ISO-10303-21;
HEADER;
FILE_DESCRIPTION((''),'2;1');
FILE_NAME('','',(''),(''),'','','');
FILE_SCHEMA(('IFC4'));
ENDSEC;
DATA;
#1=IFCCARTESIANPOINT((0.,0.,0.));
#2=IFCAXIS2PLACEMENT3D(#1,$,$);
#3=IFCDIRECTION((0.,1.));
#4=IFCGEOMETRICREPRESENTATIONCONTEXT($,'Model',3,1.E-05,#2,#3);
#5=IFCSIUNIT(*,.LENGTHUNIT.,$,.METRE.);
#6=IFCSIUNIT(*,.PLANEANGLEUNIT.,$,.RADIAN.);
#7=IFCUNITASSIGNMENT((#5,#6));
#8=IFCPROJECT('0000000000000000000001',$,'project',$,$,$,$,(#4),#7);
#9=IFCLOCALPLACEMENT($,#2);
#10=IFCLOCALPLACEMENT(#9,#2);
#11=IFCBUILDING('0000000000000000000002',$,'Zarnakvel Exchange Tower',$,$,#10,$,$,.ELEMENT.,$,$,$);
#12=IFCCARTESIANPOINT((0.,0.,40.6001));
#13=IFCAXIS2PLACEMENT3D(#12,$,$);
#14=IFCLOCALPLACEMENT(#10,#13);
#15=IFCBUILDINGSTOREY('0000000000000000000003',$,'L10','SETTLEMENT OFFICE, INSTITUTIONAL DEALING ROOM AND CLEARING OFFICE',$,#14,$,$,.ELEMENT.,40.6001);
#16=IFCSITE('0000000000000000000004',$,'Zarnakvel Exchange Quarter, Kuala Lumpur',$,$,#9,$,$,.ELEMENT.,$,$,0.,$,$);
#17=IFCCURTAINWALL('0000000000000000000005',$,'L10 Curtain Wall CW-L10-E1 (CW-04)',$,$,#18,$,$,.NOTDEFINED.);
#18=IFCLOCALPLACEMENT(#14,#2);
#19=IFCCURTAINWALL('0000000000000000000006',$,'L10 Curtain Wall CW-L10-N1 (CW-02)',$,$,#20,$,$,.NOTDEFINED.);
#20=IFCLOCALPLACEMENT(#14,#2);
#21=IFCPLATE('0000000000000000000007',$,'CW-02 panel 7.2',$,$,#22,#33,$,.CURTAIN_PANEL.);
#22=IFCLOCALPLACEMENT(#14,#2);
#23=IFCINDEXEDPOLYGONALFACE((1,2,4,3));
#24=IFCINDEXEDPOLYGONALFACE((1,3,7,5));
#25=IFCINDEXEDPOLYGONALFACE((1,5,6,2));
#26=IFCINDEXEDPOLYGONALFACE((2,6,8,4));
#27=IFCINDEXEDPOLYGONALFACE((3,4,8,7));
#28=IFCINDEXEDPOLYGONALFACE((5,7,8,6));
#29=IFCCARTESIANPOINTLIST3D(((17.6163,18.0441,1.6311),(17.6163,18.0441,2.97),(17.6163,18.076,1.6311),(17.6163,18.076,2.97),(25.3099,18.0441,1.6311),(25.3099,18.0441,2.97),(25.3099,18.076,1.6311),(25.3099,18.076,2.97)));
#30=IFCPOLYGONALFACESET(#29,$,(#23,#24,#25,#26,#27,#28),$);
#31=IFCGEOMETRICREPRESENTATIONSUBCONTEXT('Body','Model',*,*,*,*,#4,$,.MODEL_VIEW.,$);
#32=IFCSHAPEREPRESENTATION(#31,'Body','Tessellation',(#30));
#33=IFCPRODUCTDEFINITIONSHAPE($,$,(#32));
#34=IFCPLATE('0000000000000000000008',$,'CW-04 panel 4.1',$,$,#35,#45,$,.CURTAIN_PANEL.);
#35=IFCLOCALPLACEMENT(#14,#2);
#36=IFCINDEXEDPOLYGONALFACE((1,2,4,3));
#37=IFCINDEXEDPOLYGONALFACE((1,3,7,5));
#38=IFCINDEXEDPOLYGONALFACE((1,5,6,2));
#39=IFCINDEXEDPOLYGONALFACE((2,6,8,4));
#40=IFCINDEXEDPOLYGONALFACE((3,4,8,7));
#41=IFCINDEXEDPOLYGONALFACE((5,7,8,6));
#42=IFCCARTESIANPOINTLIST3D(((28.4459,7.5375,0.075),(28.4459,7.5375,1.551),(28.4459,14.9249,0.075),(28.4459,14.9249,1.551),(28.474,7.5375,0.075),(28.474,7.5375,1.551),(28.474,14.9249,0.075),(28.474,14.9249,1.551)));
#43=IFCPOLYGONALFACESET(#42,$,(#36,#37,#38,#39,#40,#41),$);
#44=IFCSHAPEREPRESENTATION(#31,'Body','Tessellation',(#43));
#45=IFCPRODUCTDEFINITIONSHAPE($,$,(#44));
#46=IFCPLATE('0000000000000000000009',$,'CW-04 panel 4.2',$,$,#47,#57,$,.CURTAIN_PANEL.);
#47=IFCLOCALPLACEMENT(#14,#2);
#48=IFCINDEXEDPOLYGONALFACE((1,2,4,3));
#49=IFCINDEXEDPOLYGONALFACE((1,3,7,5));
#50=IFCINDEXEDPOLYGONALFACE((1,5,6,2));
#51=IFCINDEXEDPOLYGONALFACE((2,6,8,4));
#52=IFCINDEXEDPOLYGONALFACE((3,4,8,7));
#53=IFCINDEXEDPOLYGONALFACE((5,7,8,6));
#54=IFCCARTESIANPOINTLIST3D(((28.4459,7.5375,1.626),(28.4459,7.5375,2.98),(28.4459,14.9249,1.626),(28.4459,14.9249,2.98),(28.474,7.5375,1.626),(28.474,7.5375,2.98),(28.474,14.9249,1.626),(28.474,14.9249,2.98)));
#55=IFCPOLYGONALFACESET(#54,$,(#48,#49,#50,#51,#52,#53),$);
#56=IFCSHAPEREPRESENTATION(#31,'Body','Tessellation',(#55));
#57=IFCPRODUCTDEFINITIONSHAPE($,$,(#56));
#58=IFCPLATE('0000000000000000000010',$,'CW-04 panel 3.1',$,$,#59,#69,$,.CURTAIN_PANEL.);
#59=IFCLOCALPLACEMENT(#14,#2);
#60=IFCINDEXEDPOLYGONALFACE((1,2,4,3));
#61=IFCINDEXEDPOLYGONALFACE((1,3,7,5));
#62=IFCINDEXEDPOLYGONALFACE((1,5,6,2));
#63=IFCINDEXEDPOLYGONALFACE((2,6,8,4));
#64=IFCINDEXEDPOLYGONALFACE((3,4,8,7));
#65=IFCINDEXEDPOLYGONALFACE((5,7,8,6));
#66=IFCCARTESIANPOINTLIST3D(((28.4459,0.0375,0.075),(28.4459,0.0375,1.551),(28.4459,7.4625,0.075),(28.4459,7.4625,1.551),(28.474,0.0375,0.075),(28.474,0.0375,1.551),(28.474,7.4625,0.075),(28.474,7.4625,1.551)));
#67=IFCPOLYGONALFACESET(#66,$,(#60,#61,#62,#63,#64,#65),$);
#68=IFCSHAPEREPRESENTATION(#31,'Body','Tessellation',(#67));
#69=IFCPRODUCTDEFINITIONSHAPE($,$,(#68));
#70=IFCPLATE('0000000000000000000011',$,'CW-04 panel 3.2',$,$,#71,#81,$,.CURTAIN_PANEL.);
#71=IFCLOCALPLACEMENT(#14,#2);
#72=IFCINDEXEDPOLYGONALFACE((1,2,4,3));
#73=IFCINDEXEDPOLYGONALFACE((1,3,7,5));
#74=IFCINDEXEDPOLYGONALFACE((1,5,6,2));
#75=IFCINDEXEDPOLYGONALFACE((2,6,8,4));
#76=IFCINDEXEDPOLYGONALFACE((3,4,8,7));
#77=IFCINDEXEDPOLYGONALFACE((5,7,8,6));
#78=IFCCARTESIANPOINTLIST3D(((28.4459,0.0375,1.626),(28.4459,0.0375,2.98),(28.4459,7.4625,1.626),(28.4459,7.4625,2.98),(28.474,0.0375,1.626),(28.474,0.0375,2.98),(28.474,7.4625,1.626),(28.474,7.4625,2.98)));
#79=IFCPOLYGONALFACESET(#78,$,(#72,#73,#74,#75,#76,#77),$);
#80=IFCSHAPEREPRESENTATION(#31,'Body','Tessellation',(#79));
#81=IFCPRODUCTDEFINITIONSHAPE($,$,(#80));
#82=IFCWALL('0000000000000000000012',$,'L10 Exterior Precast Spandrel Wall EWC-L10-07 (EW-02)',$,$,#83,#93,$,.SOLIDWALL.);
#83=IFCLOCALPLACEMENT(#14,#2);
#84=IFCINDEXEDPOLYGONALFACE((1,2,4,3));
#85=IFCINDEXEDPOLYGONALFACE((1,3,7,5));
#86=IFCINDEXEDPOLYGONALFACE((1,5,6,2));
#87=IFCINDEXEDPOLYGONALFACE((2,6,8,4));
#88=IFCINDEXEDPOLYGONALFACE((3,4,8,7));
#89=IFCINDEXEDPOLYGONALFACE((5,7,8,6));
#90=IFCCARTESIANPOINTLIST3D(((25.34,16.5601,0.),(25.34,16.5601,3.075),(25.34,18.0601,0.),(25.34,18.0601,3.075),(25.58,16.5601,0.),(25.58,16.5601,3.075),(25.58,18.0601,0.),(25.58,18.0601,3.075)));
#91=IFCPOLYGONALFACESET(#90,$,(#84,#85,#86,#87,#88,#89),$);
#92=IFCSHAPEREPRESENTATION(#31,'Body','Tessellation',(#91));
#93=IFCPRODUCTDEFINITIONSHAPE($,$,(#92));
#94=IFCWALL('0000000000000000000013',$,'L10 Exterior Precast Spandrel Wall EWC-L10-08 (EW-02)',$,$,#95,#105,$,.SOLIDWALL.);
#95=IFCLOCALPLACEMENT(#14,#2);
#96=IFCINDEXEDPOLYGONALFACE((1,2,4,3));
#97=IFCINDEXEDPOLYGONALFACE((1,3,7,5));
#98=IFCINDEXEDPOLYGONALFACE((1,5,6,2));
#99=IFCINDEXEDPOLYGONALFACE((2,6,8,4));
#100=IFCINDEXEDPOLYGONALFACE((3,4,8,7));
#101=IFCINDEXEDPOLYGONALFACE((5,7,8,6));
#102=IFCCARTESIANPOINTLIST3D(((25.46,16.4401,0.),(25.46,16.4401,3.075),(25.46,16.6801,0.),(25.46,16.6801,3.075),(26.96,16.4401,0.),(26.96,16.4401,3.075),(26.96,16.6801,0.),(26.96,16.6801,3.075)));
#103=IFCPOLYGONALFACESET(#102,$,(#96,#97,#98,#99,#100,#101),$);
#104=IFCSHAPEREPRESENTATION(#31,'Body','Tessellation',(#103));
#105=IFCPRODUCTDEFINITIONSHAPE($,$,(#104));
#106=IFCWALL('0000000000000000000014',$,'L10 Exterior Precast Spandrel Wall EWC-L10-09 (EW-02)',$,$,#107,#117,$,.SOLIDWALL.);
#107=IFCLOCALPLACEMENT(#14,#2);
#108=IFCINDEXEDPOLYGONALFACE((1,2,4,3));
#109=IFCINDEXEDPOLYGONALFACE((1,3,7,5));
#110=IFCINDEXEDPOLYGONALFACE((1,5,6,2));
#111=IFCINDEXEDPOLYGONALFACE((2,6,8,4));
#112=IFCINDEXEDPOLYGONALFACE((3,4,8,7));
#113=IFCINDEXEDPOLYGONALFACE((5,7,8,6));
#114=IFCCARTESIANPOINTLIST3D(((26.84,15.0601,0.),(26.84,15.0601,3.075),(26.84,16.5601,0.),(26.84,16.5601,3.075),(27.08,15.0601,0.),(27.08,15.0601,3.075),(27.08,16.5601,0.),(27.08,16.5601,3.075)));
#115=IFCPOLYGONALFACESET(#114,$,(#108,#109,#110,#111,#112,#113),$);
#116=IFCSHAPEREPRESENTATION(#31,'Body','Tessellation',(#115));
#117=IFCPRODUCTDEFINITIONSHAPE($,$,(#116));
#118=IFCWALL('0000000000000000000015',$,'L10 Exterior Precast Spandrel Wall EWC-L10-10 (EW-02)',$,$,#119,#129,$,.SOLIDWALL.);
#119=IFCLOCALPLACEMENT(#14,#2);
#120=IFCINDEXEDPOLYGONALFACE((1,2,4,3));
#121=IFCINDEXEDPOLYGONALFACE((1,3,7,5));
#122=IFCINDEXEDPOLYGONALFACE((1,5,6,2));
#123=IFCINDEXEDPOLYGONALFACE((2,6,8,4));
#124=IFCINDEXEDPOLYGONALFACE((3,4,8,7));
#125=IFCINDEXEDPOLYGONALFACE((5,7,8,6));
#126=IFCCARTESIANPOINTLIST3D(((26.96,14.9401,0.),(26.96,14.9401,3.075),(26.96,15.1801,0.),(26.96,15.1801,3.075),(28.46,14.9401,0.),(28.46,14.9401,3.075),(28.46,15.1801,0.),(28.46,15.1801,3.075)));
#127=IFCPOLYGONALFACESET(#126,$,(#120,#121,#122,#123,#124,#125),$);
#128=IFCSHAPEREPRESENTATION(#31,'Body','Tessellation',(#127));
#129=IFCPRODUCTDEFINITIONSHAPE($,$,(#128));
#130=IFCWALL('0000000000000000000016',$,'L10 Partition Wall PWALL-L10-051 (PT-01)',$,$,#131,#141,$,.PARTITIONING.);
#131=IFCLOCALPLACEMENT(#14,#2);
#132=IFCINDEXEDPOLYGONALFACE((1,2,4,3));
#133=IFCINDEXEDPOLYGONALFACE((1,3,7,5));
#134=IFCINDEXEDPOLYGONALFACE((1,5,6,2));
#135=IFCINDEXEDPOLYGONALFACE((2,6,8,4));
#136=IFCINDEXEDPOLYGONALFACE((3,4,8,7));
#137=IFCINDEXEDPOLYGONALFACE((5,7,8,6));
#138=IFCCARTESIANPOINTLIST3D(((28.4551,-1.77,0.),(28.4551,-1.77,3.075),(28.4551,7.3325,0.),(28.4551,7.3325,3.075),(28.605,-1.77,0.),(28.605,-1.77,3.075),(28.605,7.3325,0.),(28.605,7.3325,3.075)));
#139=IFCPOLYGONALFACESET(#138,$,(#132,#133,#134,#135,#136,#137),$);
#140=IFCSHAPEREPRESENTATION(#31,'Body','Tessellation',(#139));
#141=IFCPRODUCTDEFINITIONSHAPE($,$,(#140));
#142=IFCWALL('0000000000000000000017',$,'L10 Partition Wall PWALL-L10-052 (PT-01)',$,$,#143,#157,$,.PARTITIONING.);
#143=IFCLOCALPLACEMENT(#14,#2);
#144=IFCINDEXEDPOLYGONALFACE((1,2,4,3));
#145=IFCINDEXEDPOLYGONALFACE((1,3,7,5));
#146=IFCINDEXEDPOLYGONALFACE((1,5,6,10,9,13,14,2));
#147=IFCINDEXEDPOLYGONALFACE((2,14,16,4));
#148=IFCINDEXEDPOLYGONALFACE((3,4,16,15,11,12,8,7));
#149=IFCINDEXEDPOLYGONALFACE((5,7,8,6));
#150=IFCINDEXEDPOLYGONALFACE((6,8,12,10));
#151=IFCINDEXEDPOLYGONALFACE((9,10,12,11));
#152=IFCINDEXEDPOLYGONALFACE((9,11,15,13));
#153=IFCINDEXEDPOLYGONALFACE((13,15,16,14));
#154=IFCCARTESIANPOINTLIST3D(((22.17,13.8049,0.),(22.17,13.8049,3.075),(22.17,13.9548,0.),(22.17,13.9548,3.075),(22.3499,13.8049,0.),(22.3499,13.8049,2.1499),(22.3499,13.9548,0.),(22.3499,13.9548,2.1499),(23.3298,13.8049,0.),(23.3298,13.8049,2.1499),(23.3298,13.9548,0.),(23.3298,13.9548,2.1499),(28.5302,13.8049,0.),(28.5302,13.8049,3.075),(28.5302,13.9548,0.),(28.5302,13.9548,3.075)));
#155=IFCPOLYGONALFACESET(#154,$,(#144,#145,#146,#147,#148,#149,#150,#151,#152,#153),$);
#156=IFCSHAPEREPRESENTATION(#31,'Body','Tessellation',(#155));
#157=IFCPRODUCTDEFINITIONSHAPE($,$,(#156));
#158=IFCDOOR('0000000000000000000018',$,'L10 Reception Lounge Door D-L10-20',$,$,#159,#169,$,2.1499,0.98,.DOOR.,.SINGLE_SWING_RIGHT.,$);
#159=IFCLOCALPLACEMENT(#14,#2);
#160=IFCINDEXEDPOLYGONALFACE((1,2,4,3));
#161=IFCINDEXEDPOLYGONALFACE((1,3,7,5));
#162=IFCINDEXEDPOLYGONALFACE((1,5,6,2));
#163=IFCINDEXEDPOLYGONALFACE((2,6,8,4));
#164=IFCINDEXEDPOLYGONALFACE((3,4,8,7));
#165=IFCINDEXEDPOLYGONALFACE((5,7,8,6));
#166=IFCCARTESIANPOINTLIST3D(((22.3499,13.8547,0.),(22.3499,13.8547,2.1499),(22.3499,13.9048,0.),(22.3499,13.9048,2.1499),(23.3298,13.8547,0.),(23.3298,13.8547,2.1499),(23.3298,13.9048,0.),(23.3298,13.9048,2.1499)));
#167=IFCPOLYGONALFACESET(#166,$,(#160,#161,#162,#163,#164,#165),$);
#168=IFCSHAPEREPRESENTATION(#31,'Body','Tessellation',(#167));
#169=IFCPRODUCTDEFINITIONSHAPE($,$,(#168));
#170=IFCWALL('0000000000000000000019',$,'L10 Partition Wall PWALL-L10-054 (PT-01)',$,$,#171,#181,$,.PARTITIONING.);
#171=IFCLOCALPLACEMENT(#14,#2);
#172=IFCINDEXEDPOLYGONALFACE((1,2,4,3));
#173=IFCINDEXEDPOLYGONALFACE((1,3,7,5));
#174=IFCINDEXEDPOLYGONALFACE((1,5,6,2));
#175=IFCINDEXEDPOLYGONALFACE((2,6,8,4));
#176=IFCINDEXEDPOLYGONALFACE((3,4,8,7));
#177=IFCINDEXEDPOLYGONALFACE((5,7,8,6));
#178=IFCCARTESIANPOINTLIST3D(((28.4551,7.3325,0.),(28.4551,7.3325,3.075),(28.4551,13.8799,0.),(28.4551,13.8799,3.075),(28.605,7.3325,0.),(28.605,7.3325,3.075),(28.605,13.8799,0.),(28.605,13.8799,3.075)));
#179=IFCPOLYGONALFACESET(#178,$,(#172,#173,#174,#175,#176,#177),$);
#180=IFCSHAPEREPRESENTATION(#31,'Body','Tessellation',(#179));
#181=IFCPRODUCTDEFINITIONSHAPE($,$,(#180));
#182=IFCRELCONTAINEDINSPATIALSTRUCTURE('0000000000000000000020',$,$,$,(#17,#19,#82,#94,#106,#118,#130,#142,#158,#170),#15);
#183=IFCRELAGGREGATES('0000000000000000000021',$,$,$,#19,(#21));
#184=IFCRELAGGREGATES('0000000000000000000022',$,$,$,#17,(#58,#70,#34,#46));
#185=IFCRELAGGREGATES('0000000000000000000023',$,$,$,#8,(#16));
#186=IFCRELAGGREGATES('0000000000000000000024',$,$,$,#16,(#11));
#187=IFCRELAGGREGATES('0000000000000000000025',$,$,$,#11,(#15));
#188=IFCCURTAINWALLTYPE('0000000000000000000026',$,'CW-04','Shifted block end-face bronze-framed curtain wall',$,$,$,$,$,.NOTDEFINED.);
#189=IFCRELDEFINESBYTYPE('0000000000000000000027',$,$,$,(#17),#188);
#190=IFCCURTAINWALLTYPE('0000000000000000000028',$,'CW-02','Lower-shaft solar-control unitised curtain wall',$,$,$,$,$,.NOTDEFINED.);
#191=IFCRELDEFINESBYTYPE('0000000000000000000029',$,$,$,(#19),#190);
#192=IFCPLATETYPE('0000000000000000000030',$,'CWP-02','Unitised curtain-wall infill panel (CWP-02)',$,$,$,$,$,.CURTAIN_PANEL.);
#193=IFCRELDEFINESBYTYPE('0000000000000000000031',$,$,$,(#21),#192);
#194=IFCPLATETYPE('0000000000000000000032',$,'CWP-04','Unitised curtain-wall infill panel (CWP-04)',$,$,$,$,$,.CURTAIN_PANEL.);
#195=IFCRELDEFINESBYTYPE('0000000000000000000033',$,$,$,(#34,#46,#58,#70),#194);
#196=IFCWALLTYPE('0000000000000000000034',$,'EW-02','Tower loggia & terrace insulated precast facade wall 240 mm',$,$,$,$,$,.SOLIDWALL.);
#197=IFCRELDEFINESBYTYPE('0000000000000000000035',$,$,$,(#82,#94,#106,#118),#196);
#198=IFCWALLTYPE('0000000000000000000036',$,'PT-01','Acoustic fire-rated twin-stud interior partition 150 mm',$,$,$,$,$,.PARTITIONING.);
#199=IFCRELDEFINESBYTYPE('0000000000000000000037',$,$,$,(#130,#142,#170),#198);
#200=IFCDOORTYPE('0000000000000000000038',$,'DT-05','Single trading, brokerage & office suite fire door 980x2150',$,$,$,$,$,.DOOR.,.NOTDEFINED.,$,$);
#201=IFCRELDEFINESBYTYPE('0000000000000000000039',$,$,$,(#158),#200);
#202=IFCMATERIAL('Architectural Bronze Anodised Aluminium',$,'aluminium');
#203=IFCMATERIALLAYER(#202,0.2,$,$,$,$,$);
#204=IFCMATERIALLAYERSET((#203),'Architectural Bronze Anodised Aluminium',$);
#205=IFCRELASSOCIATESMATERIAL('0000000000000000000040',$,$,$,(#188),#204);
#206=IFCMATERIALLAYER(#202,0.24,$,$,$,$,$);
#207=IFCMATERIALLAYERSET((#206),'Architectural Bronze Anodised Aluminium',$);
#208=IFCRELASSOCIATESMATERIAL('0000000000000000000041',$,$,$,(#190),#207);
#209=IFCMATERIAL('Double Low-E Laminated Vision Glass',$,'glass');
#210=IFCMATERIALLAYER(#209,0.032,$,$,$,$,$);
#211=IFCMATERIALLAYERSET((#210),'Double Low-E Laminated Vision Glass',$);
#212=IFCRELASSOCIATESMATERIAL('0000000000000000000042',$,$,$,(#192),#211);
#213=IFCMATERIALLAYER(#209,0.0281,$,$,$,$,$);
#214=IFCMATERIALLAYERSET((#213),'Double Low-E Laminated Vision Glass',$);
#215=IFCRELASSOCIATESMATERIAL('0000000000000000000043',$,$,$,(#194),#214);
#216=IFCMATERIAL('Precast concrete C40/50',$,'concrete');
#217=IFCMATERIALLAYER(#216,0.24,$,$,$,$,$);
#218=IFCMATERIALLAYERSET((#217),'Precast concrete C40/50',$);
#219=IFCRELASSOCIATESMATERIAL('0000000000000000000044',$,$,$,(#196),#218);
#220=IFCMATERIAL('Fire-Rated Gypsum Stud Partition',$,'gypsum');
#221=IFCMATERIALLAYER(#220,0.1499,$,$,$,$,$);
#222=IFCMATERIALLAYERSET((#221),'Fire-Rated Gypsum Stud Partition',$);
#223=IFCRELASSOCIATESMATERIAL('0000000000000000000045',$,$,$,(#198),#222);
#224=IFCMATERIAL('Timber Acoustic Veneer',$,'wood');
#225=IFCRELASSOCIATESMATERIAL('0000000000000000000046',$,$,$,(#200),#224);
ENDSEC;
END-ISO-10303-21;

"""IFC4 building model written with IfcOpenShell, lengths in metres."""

from ifc_helpers import new_model, si_unit, direction, frame, frame_2d, origin, origin_2d, place, context, subcontext, project, spatial, rectangle, extrude, source, transform, mapped, material, layer, layer_set, type_object, element, fill, aggregate, save


model = new_model("IFC4")

# Units and contexts
model_context = context("Model", 3, precision=1e-05, world=origin(), true_north=direction((0.0, 1.0)))
body_context = subcontext(model_context, "Body", "Model", "MODEL_VIEW")
ifc_project = project(units=[si_unit("LENGTHUNIT", "METRE"), si_unit("PLANEANGLEUNIT", "RADIAN")], contexts=[model_context])

# Site, building, storey
site_placement = place(None, origin())
site = spatial("IfcSite", under=ifc_project, at=site_placement, Name="Zarnakvel Exchange Quarter, Kuala Lumpur", CompositionType="ELEMENT", RefElevation=0.0)
building_placement = place(site_placement, origin())
building = spatial("IfcBuilding", under=site, at=building_placement, Name="Zarnakvel Exchange Tower", CompositionType="ELEMENT")
storey_placement = place(building_placement, frame((0.0, 0.0, 40.6001)))
storey = spatial("IfcBuildingStorey", under=building, at=storey_placement, Name="L10", Description="SETTLEMENT OFFICE, INSTITUTIONAL DEALING ROOM AND CLEARING OFFICE", CompositionType="ELEMENT", Elevation=40.6001)

# Curtain wall
ifc_material_1 = material(Name="Architectural Bronze Anodised Aluminium", Category="aluminium")
ifc_layer_1 = layer(ifc_material_1, 0.2)
ifc_layer_set_1 = layer_set([ifc_layer_1], Name="Architectural Bronze Anodised Aluminium")
curtain_wall_type_1 = type_object("IfcCurtainWallType", Name="CW-04", Description="Shifted block end-face bronze-framed curtain wall", PredefinedType="NOTDEFINED", material=ifc_layer_set_1)
curtain_wall_1_placement = place(storey_placement, origin())
curtain_wall_1 = element("IfcCurtainWall", 1, at=curtain_wall_1_placement, inside=storey, type_object=curtain_wall_type_1, Name="L10 Curtain Wall CW-L10-E1 (CW-04)", PredefinedType="NOTDEFINED")

# Curtain wall
ifc_layer_2 = layer(ifc_material_1, 0.24)
ifc_layer_set_2 = layer_set([ifc_layer_2], Name="Architectural Bronze Anodised Aluminium")
curtain_wall_type_2 = type_object("IfcCurtainWallType", Name="CW-02", Description="Lower-shaft solar-control unitised curtain wall", PredefinedType="NOTDEFINED", material=ifc_layer_set_2)
curtain_wall_2_placement = place(storey_placement, origin())
curtain_wall_2 = element("IfcCurtainWall", 2, at=curtain_wall_2_placement, inside=storey, type_object=curtain_wall_type_2, Name="L10 Curtain Wall CW-L10-N1 (CW-02)", PredefinedType="NOTDEFINED")

# Plates
ifc_material_2 = material(Name="Double Low-E Laminated Vision Glass", Category="glass")
ifc_layer_3 = layer(ifc_material_2, 0.032)
ifc_layer_set_3 = layer_set([ifc_layer_3], Name="Double Low-E Laminated Vision Glass")
plate_type_1 = type_object("IfcPlateType", Name="CWP-02", Description="Unitised curtain-wall infill panel (CWP-02)", PredefinedType="CURTAIN_PANEL", material=ifc_layer_set_3)
shared_shape_1 = source(origin(), body_context, "Body", "SweptSolid", [
    extrude(rectangle(XDim=7.6936, YDim=0.032, at=origin_2d()), origin(), (0.0, 0.0, 1.0), 1.3389),
])
plate_1_placement = place(storey_placement, frame((21.4631, 18.0601, 1.6311), z_axis=(0.0, 0.0, 1.0), x_axis=(1.0, 0.0, 0.0)))
plate_1 = element("IfcPlate", 3, at=plate_1_placement, type_object=plate_type_1, Name="CW-02 panel 7.2", PredefinedType="CURTAIN_PANEL", context=body_context, shape_type="MappedRepresentation", body=[
    mapped(shared_shape_1, transform((0.0, 0.0, 0.0), x_axis=(1.0, 0.0, 0.0), y_axis=(0.0, 1.0, 0.0), z_axis=(0.0, 0.0, 1.0), scale=1.0)),
])
aggregate(curtain_wall_2, [plate_1])
ifc_layer_4 = layer(ifc_material_2, 0.0281)
ifc_layer_set_4 = layer_set([ifc_layer_4], Name="Double Low-E Laminated Vision Glass")
plate_type_2 = type_object("IfcPlateType", Name="CWP-04", Description="Unitised curtain-wall infill panel (CWP-04)", PredefinedType="CURTAIN_PANEL", material=ifc_layer_set_4)
shared_shape_2 = source(origin(), body_context, "Body", "SweptSolid", [
    extrude(rectangle(XDim=7.3875, YDim=0.0281, at=origin_2d()), origin(), (0.0, 0.0, 1.0), 1.4761),
])
plate_2_placement = place(storey_placement, frame((28.46, 11.2312, 0.075), z_axis=(0.0, 0.0, 1.0), x_axis=(0.0, 1.0, 0.0)))
plate_2 = element("IfcPlate", 4, at=plate_2_placement, type_object=plate_type_2, Name="CW-04 panel 4.1", PredefinedType="CURTAIN_PANEL", context=body_context, shape_type="MappedRepresentation", body=[
    mapped(shared_shape_2, transform((0.0, 0.0, 0.0), x_axis=(1.0, 0.0, 0.0), y_axis=(0.0, 1.0, 0.0), z_axis=(0.0, 0.0, 1.0), scale=1.0)),
])
shared_shape_3 = source(origin(), body_context, "Body", "SweptSolid", [
    extrude(rectangle(XDim=7.3875, YDim=0.0281, at=origin_2d()), origin(), (0.0, 0.0, 1.0), 1.354),
])
plate_3_placement = place(storey_placement, frame((28.46, 11.2312, 1.626), z_axis=(0.0, 0.0, 1.0), x_axis=(0.0, 1.0, 0.0)))
plate_3 = element("IfcPlate", 5, at=plate_3_placement, type_object=plate_type_2, Name="CW-04 panel 4.2", PredefinedType="CURTAIN_PANEL", context=body_context, shape_type="MappedRepresentation", body=[
    mapped(shared_shape_3, transform((0.0, 0.0, 0.0), x_axis=(1.0, 0.0, 0.0), y_axis=(0.0, 1.0, 0.0), z_axis=(0.0, 0.0, 1.0), scale=1.0)),
])
shared_shape_4 = source(origin(), body_context, "Body", "SweptSolid", [
    extrude(rectangle(XDim=7.425, YDim=0.0281, at=origin_2d()), origin(), (0.0, 0.0, 1.0), 1.4761),
])
plate_4_placement = place(storey_placement, frame((28.46, 3.75, 0.075), z_axis=(0.0, 0.0, 1.0), x_axis=(0.0, 1.0, 0.0)))
plate_4 = element("IfcPlate", 6, at=plate_4_placement, type_object=plate_type_2, Name="CW-04 panel 3.1", PredefinedType="CURTAIN_PANEL", context=body_context, shape_type="MappedRepresentation", body=[
    mapped(shared_shape_4, transform((0.0, 0.0, 0.0), x_axis=(1.0, 0.0, 0.0), y_axis=(0.0, 1.0, 0.0), z_axis=(0.0, 0.0, 1.0), scale=1.0)),
])
shared_shape_5 = source(origin(), body_context, "Body", "SweptSolid", [
    extrude(rectangle(XDim=7.425, YDim=0.0281, at=origin_2d()), origin(), (0.0, 0.0, 1.0), 1.354),
])
plate_5_placement = place(storey_placement, frame((28.46, 3.75, 1.626), z_axis=(0.0, 0.0, 1.0), x_axis=(0.0, 1.0, 0.0)))
plate_5 = element("IfcPlate", 7, at=plate_5_placement, type_object=plate_type_2, Name="CW-04 panel 3.2", PredefinedType="CURTAIN_PANEL", context=body_context, shape_type="MappedRepresentation", body=[
    mapped(shared_shape_5, transform((0.0, 0.0, 0.0), x_axis=(1.0, 0.0, 0.0), y_axis=(0.0, 1.0, 0.0), z_axis=(0.0, 0.0, 1.0), scale=1.0)),
])
aggregate(curtain_wall_1, [plate_4, plate_5, plate_2, plate_3])

# Walls
ifc_material_3 = material(Name="Precast concrete C40/50", Category="concrete")
ifc_layer_5 = layer(ifc_material_3, 0.24)
ifc_layer_set_5 = layer_set([ifc_layer_5], Name="Precast concrete C40/50")
wall_type_1 = type_object("IfcWallType", Name="EW-02", Description="Tower loggia & terrace insulated precast facade wall 240 mm", PredefinedType="SOLIDWALL", material=ifc_layer_set_5)
for number, where, z_axis, x_axis, name in (
    (8, (25.46, 16.5601, 0.0), (0.0, 0.0, 1.0), (0.0, 1.0, 0.0), "L10 Exterior Precast Spandrel Wall EWC-L10-07 (EW-02)"),
    (9, (26.96, 16.5601, 0.0), (0.0, 0.0, 1.0), (-1.0, 0.0, 0.0), "L10 Exterior Precast Spandrel Wall EWC-L10-08 (EW-02)"),
    (10, (26.96, 15.0601, 0.0), (0.0, 0.0, 1.0), (0.0, 1.0, 0.0), "L10 Exterior Precast Spandrel Wall EWC-L10-09 (EW-02)"),
    (11, (28.46, 15.0601, 0.0), (0.0, 0.0, 1.0), (-1.0, 0.0, 0.0), "L10 Exterior Precast Spandrel Wall EWC-L10-10 (EW-02)"),
):
    element("IfcWall", number, at=place(storey_placement, frame(where, z_axis=z_axis, x_axis=x_axis)), inside=storey, type_object=wall_type_1, Name=name, PredefinedType="SOLIDWALL", context=body_context, shape_type="SweptSolid", body=[
        extrude(rectangle(XDim=1.5, YDim=0.24, at=frame_2d((0.75, 0.0))), origin(), (0.0, 0.0, 1.0), 3.075),
    ])
ifc_material_4 = material(Name="Fire-Rated Gypsum Stud Partition", Category="gypsum")
ifc_layer_6 = layer(ifc_material_4, 0.1499)
ifc_layer_set_6 = layer_set([ifc_layer_6], Name="Fire-Rated Gypsum Stud Partition")
wall_type_2 = type_object("IfcWallType", Name="PT-01", Description="Acoustic fire-rated twin-stud interior partition 150 mm", PredefinedType="PARTITIONING", material=ifc_layer_set_6)
wall_1_placement = place(storey_placement, frame((28.53, 7.3325, 0.0), z_axis=(0.0, 0.0, 1.0), x_axis=(0.0, -1.0, 0.0)))
element("IfcWall", 12, at=wall_1_placement, inside=storey, type_object=wall_type_2, Name="L10 Partition Wall PWALL-L10-051 (PT-01)", PredefinedType="PARTITIONING", context=body_context, shape_type="SweptSolid", body=[
    extrude(rectangle(XDim=9.1025, YDim=0.1499, at=frame_2d((4.5513, 0.0))), origin(), (0.0, 0.0, 1.0), 3.075),
])

# Wall, opening, door
wall_2_placement = place(storey_placement, frame((22.1699, 13.8799, 0.0), z_axis=(0.0, 0.0, 1.0), x_axis=(1.0, 0.0, 0.0)))
wall_2 = element("IfcWall", 13, at=wall_2_placement, inside=storey, type_object=wall_type_2, Name="L10 Partition Wall PWALL-L10-052 (PT-01)", PredefinedType="PARTITIONING", context=body_context, shape_type="SweptSolid", body=[
    extrude(rectangle(XDim=6.3601, YDim=0.1499, at=frame_2d((3.1802, 0.0))), origin(), (0.0, 0.0, 1.0), 3.075),
])
opening_placement = place(wall_2_placement, frame((0.1799, 0.0, 0.0)))
opening = element("IfcOpeningElement", 14, at=opening_placement, cuts=wall_2, PredefinedType="OPENING", context=body_context, shape_type="SweptSolid", body=[
    extrude(rectangle(XDim=0.98, YDim=2.1499, at=frame_2d((0.49, 1.075))), frame((0.0, 0.085, 0.0), z_axis=(0.0, -1.0, 0.0), x_axis=(1.0, 0.0, 0.0)), (0.0, 0.0, 1.0), 0.1699),
])
ifc_material_5 = material(Name="Timber Acoustic Veneer", Category="wood")
door_type = type_object("IfcDoorType", Name="DT-05", Description="Single trading, brokerage & office suite fire door 980x2150", OperationType="NOTDEFINED", PredefinedType="DOOR", material=ifc_material_5)
shared_shape_6 = source(origin(), body_context, "Body", "SweptSolid", [
    extrude(rectangle(XDim=0.98, YDim=2.1499, at=frame_2d((0.49, 1.075))), frame((0.0, 0.0249, 0.0), z_axis=(0.0, -1.0, 0.0), x_axis=(1.0, 0.0, 0.0)), (0.0, 0.0, 1.0), 0.05),
])
door_placement = place(opening_placement, origin())
door = element("IfcDoor", 15, at=door_placement, inside=storey, type_object=door_type, Name="L10 Reception Lounge Door D-L10-20", OperationType="SINGLE_SWING_RIGHT", OverallHeight=2.1499, OverallWidth=0.98, PredefinedType="DOOR", context=body_context, shape_type="MappedRepresentation", body=[
    mapped(shared_shape_6, transform((0.0, 0.0, 0.0), x_axis=(1.0, 0.0, 0.0), y_axis=(0.0, 1.0, 0.0), z_axis=(0.0, 0.0, 1.0), scale=1.0)),
])
fill(opening, door)

# Wall
wall_3_placement = place(storey_placement, frame((28.53, 13.8799, 0.0), z_axis=(0.0, 0.0, 1.0), x_axis=(0.0, -1.0, 0.0)))
element("IfcWall", 16, at=wall_3_placement, inside=storey, type_object=wall_type_2, Name="L10 Partition Wall PWALL-L10-054 (PT-01)", PredefinedType="PARTITIONING", context=body_context, shape_type="SweptSolid", body=[
    extrude(rectangle(XDim=6.5474, YDim=0.1499, at=frame_2d((3.2737, 0.0))), origin(), (0.0, 0.0, 1.0), 3.075),
])

save(model, "model.ifc")
